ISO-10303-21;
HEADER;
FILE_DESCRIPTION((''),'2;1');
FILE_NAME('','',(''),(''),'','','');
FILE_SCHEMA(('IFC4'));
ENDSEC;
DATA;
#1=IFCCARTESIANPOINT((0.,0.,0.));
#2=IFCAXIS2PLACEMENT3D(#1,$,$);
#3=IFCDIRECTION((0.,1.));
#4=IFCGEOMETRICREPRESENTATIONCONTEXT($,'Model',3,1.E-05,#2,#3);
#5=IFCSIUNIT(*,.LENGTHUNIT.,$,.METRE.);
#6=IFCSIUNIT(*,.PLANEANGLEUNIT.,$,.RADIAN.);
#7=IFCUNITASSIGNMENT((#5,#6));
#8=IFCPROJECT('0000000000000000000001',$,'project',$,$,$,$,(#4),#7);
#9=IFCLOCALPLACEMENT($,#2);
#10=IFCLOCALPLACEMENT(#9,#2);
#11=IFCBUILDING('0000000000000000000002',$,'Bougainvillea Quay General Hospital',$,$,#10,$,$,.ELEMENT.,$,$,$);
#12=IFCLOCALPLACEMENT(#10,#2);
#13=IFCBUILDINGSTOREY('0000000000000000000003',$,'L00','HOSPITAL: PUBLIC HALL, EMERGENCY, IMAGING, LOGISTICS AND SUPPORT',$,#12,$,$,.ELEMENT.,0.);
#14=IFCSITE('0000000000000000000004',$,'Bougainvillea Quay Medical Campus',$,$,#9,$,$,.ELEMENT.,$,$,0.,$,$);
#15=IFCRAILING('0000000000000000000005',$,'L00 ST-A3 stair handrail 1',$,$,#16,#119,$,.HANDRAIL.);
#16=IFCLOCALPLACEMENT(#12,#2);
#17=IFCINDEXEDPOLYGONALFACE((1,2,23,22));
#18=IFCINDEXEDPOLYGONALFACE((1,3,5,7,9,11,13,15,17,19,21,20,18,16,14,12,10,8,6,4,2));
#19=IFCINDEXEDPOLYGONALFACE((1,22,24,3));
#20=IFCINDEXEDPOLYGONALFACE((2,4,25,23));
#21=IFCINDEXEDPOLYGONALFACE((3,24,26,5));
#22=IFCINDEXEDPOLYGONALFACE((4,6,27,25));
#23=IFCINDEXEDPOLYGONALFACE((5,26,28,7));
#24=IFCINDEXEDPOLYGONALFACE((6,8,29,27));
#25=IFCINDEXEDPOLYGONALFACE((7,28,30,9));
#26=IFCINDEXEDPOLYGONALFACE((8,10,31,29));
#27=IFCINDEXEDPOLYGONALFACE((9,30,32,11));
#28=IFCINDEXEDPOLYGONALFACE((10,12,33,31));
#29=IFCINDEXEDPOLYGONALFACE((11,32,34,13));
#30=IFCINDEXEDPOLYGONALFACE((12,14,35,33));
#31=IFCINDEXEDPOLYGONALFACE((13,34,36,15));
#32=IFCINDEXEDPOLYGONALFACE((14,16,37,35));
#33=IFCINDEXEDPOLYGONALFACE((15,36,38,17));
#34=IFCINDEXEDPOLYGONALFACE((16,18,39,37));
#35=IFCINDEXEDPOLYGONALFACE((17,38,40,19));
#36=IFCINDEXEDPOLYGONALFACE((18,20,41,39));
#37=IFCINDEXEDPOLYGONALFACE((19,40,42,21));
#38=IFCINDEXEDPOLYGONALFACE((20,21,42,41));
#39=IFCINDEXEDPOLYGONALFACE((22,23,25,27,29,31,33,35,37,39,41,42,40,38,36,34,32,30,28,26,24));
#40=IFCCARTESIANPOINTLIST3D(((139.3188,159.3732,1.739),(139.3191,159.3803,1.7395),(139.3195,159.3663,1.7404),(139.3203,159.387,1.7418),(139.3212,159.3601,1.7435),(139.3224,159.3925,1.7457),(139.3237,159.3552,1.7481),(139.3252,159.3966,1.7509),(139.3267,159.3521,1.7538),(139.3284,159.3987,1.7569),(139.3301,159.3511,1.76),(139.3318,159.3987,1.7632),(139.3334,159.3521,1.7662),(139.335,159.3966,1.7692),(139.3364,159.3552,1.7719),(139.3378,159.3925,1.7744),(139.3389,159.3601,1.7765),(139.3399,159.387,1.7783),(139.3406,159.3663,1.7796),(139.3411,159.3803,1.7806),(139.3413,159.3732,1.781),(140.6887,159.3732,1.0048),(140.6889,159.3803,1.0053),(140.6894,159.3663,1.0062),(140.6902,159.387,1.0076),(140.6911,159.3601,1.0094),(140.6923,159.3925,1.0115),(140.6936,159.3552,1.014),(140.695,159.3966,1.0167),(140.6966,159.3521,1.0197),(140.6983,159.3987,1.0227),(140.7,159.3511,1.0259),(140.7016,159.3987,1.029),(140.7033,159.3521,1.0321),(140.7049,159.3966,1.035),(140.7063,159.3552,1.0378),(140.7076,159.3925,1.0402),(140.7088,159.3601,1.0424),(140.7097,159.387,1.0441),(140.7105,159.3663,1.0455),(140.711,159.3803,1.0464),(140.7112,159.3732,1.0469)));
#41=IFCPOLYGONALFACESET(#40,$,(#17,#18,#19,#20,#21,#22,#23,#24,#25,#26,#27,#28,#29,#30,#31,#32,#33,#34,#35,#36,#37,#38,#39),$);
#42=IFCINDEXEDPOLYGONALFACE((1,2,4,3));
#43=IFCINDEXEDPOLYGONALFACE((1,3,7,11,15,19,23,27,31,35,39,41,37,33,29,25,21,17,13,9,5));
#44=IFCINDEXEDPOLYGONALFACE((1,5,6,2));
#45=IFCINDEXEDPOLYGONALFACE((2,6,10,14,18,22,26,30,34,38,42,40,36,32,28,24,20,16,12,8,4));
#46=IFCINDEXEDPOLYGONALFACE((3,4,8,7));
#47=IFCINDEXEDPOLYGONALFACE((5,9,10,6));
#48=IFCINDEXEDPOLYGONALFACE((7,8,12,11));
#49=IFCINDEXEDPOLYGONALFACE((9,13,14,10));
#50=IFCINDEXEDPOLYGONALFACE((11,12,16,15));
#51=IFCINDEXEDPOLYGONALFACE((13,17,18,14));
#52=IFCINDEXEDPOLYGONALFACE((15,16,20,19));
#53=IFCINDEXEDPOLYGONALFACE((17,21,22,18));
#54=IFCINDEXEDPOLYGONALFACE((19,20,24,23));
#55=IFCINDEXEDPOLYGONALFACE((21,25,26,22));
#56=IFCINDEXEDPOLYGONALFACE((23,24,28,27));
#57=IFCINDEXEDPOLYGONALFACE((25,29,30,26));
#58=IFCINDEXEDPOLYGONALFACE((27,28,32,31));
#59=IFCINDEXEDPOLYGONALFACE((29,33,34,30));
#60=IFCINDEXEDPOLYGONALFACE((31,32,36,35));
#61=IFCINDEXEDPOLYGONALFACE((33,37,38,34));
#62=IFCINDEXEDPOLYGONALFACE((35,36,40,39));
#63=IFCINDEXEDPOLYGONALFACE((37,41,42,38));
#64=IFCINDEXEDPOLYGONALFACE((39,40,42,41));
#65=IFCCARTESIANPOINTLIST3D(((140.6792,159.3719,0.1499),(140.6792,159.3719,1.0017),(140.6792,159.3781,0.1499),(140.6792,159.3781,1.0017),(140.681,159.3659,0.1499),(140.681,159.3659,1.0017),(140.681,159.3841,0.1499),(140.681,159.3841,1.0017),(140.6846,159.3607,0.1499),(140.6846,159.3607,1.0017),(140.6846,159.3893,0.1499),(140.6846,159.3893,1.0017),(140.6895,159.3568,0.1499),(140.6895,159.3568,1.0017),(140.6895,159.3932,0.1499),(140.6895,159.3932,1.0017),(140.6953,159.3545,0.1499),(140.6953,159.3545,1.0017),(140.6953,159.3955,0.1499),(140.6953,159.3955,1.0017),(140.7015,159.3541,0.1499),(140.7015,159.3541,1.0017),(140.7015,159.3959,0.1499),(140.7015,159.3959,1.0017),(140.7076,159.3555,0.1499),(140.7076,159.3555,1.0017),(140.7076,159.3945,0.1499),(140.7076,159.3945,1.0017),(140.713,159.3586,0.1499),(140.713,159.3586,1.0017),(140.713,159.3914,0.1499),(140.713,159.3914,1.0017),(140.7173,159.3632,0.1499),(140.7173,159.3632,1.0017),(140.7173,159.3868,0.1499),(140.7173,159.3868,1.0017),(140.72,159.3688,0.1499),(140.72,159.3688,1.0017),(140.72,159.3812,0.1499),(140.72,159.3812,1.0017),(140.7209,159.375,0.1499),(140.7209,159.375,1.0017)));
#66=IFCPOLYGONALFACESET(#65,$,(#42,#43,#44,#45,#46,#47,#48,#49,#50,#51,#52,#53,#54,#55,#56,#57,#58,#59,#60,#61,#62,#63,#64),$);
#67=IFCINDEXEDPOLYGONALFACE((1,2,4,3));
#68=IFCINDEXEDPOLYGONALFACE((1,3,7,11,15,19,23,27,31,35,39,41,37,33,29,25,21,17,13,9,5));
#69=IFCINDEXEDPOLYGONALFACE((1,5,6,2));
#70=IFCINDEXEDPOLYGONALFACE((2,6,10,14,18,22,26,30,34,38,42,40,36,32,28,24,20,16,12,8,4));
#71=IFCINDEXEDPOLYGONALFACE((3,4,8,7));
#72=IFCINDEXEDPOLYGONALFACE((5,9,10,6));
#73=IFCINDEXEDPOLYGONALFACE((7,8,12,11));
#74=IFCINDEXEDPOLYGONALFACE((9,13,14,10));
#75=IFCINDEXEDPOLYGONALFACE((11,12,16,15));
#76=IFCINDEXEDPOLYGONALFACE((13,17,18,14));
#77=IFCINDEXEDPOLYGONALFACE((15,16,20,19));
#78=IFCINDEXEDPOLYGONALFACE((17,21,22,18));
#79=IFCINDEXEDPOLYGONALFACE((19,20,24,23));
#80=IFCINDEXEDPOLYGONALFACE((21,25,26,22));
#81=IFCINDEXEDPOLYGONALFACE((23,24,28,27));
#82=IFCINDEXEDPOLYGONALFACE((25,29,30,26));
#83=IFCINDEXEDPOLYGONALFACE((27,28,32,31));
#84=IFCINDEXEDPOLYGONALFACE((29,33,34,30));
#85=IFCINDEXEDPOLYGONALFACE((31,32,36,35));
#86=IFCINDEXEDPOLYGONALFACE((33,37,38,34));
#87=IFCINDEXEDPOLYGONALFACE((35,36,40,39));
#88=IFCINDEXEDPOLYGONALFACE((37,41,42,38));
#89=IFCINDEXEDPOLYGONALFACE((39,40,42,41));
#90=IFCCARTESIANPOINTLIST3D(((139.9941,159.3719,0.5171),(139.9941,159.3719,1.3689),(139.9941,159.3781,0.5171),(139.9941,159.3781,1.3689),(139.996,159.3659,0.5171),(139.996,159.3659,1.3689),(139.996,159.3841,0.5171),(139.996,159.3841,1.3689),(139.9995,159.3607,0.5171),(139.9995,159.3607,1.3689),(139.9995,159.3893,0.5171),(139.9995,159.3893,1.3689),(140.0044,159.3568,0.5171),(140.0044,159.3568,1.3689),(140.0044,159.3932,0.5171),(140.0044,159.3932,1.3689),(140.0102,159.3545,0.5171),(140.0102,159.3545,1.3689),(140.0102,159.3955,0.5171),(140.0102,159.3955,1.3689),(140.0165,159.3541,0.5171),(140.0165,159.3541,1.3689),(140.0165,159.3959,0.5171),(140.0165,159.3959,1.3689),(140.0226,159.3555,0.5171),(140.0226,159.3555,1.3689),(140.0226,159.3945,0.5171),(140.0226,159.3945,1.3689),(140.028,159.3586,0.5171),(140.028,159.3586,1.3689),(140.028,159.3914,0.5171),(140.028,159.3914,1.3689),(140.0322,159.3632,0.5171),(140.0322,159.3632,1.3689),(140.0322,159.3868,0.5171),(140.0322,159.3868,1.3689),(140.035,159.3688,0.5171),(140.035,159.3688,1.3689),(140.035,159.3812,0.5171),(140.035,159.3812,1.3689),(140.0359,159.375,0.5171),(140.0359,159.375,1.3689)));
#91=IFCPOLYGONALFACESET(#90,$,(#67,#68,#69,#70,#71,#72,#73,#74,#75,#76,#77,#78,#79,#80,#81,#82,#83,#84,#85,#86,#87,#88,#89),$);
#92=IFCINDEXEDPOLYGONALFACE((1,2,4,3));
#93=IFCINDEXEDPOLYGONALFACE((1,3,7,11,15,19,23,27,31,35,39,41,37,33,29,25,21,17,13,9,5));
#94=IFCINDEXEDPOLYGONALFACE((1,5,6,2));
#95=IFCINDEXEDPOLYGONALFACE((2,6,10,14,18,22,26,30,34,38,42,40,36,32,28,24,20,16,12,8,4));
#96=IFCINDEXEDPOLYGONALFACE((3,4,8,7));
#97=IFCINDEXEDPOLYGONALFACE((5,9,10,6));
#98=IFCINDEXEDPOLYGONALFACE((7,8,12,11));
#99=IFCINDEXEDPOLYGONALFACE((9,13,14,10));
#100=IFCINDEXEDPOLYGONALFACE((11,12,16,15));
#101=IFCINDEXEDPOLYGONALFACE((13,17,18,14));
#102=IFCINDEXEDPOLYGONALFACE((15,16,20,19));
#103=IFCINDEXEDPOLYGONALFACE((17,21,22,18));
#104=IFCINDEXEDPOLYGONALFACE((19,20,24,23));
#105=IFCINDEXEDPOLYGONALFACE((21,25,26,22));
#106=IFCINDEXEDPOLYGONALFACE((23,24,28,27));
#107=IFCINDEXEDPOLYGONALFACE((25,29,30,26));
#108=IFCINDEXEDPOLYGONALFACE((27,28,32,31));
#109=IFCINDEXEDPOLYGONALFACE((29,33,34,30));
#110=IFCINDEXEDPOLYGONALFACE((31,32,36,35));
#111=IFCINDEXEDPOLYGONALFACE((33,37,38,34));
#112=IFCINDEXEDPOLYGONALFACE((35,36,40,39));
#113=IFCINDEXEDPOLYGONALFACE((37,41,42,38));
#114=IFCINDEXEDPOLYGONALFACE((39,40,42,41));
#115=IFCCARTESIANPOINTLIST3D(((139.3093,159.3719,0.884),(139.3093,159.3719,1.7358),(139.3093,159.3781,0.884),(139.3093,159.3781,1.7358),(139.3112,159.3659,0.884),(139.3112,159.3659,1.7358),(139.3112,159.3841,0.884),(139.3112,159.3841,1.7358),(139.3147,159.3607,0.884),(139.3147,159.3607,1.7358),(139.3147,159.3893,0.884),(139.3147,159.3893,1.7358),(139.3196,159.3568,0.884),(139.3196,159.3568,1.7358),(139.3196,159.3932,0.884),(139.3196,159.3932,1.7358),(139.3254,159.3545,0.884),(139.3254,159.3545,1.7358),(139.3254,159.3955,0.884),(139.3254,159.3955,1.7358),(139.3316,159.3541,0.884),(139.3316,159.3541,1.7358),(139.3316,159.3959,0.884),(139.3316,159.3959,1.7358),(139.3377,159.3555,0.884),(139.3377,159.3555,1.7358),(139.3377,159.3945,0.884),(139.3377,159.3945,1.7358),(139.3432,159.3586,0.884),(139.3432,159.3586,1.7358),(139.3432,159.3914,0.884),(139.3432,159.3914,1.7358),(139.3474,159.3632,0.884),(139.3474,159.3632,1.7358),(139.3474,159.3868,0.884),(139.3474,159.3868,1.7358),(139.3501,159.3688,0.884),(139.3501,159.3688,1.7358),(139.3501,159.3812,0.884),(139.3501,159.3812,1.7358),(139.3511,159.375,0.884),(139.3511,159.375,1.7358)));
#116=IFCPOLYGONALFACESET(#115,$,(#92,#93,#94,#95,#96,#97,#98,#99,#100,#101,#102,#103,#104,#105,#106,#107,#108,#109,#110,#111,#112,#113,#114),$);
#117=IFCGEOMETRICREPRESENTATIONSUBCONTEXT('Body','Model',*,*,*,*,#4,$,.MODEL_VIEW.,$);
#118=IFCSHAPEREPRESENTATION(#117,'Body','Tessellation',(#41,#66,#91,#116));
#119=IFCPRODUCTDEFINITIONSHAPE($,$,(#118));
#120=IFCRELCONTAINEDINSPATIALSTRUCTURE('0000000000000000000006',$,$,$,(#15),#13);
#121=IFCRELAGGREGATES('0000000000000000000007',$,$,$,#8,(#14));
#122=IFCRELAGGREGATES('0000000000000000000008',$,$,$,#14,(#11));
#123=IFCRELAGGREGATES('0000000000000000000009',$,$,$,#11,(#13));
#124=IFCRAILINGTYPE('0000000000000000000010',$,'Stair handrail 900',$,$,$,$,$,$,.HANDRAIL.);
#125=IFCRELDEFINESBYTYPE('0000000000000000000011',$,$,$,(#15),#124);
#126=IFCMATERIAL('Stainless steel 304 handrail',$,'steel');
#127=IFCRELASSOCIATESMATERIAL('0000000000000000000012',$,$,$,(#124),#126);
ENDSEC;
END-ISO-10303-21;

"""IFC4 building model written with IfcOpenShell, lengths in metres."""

from ifc_helpers import new_model, si_unit, direction, frame, origin, origin_2d, place, context, subcontext, project, spatial, circle, extrude, material, type_object, element, save


model = new_model("IFC4")

# Units and contexts
model_context = context("Model", 3, precision=1e-05, world=origin(), true_north=direction((0.0, 1.0)))
body_context = subcontext(model_context, "Body", "Model", "MODEL_VIEW")
ifc_project = project(units=[si_unit("LENGTHUNIT", "METRE"), si_unit("PLANEANGLEUNIT", "RADIAN")], contexts=[model_context])

# Site, building, storey
site_placement = place(None, origin())
site = spatial("IfcSite", under=ifc_project, at=site_placement, Name="Bougainvillea Quay Medical Campus", CompositionType="ELEMENT", RefElevation=0.0)
building_placement = place(site_placement, origin())
building = spatial("IfcBuilding", under=site, at=building_placement, Name="Bougainvillea Quay General Hospital", CompositionType="ELEMENT")
storey_placement = place(building_placement, origin())
storey = spatial("IfcBuildingStorey", under=building, at=storey_placement, Name="L00", Description="HOSPITAL: PUBLIC HALL, EMERGENCY, IMAGING, LOGISTICS AND SUPPORT", CompositionType="ELEMENT", Elevation=0.0)

# Railing
ifc_material_1 = material(Name="Stainless steel 304 handrail", Category="steel")
railing_type_1 = type_object("IfcRailingType", Name="Stair handrail 900", PredefinedType="HANDRAIL", material=ifc_material_1)
railing_1_placement = place(storey_placement, frame((140.7, 159.375, 0.1499)))
element("IfcRailing", 1, at=railing_1_placement, inside=storey, type_object=railing_type_1, Name="L00 ST-A3 stair handrail 1", PredefinedType="HANDRAIL", context=body_context, shape_type="SweptSolid", body=[
    extrude(circle(Radius=0.0239, at=origin_2d()), frame((0.0, 0.0, 0.876), z_axis=(-0.881408, 0.0, 0.472357), x_axis=(0.0, -1.0, 0.0)), (0.0, 0.0, 1.0), 1.5542),
    extrude(circle(Radius=0.021, at=origin_2d()), origin(), (0.0, 0.0, 1.0), 0.8518),
    extrude(circle(Radius=0.021, at=origin_2d()), frame((-0.6851, 0.0, 0.3672)), (0.0, 0.0, 1.0), 0.8518),
    extrude(circle(Radius=0.021, at=origin_2d()), frame((-1.3699, 0.0, 0.7341)), (0.0, 0.0, 1.0), 0.8518),
])

save(model, "model.ifc")
